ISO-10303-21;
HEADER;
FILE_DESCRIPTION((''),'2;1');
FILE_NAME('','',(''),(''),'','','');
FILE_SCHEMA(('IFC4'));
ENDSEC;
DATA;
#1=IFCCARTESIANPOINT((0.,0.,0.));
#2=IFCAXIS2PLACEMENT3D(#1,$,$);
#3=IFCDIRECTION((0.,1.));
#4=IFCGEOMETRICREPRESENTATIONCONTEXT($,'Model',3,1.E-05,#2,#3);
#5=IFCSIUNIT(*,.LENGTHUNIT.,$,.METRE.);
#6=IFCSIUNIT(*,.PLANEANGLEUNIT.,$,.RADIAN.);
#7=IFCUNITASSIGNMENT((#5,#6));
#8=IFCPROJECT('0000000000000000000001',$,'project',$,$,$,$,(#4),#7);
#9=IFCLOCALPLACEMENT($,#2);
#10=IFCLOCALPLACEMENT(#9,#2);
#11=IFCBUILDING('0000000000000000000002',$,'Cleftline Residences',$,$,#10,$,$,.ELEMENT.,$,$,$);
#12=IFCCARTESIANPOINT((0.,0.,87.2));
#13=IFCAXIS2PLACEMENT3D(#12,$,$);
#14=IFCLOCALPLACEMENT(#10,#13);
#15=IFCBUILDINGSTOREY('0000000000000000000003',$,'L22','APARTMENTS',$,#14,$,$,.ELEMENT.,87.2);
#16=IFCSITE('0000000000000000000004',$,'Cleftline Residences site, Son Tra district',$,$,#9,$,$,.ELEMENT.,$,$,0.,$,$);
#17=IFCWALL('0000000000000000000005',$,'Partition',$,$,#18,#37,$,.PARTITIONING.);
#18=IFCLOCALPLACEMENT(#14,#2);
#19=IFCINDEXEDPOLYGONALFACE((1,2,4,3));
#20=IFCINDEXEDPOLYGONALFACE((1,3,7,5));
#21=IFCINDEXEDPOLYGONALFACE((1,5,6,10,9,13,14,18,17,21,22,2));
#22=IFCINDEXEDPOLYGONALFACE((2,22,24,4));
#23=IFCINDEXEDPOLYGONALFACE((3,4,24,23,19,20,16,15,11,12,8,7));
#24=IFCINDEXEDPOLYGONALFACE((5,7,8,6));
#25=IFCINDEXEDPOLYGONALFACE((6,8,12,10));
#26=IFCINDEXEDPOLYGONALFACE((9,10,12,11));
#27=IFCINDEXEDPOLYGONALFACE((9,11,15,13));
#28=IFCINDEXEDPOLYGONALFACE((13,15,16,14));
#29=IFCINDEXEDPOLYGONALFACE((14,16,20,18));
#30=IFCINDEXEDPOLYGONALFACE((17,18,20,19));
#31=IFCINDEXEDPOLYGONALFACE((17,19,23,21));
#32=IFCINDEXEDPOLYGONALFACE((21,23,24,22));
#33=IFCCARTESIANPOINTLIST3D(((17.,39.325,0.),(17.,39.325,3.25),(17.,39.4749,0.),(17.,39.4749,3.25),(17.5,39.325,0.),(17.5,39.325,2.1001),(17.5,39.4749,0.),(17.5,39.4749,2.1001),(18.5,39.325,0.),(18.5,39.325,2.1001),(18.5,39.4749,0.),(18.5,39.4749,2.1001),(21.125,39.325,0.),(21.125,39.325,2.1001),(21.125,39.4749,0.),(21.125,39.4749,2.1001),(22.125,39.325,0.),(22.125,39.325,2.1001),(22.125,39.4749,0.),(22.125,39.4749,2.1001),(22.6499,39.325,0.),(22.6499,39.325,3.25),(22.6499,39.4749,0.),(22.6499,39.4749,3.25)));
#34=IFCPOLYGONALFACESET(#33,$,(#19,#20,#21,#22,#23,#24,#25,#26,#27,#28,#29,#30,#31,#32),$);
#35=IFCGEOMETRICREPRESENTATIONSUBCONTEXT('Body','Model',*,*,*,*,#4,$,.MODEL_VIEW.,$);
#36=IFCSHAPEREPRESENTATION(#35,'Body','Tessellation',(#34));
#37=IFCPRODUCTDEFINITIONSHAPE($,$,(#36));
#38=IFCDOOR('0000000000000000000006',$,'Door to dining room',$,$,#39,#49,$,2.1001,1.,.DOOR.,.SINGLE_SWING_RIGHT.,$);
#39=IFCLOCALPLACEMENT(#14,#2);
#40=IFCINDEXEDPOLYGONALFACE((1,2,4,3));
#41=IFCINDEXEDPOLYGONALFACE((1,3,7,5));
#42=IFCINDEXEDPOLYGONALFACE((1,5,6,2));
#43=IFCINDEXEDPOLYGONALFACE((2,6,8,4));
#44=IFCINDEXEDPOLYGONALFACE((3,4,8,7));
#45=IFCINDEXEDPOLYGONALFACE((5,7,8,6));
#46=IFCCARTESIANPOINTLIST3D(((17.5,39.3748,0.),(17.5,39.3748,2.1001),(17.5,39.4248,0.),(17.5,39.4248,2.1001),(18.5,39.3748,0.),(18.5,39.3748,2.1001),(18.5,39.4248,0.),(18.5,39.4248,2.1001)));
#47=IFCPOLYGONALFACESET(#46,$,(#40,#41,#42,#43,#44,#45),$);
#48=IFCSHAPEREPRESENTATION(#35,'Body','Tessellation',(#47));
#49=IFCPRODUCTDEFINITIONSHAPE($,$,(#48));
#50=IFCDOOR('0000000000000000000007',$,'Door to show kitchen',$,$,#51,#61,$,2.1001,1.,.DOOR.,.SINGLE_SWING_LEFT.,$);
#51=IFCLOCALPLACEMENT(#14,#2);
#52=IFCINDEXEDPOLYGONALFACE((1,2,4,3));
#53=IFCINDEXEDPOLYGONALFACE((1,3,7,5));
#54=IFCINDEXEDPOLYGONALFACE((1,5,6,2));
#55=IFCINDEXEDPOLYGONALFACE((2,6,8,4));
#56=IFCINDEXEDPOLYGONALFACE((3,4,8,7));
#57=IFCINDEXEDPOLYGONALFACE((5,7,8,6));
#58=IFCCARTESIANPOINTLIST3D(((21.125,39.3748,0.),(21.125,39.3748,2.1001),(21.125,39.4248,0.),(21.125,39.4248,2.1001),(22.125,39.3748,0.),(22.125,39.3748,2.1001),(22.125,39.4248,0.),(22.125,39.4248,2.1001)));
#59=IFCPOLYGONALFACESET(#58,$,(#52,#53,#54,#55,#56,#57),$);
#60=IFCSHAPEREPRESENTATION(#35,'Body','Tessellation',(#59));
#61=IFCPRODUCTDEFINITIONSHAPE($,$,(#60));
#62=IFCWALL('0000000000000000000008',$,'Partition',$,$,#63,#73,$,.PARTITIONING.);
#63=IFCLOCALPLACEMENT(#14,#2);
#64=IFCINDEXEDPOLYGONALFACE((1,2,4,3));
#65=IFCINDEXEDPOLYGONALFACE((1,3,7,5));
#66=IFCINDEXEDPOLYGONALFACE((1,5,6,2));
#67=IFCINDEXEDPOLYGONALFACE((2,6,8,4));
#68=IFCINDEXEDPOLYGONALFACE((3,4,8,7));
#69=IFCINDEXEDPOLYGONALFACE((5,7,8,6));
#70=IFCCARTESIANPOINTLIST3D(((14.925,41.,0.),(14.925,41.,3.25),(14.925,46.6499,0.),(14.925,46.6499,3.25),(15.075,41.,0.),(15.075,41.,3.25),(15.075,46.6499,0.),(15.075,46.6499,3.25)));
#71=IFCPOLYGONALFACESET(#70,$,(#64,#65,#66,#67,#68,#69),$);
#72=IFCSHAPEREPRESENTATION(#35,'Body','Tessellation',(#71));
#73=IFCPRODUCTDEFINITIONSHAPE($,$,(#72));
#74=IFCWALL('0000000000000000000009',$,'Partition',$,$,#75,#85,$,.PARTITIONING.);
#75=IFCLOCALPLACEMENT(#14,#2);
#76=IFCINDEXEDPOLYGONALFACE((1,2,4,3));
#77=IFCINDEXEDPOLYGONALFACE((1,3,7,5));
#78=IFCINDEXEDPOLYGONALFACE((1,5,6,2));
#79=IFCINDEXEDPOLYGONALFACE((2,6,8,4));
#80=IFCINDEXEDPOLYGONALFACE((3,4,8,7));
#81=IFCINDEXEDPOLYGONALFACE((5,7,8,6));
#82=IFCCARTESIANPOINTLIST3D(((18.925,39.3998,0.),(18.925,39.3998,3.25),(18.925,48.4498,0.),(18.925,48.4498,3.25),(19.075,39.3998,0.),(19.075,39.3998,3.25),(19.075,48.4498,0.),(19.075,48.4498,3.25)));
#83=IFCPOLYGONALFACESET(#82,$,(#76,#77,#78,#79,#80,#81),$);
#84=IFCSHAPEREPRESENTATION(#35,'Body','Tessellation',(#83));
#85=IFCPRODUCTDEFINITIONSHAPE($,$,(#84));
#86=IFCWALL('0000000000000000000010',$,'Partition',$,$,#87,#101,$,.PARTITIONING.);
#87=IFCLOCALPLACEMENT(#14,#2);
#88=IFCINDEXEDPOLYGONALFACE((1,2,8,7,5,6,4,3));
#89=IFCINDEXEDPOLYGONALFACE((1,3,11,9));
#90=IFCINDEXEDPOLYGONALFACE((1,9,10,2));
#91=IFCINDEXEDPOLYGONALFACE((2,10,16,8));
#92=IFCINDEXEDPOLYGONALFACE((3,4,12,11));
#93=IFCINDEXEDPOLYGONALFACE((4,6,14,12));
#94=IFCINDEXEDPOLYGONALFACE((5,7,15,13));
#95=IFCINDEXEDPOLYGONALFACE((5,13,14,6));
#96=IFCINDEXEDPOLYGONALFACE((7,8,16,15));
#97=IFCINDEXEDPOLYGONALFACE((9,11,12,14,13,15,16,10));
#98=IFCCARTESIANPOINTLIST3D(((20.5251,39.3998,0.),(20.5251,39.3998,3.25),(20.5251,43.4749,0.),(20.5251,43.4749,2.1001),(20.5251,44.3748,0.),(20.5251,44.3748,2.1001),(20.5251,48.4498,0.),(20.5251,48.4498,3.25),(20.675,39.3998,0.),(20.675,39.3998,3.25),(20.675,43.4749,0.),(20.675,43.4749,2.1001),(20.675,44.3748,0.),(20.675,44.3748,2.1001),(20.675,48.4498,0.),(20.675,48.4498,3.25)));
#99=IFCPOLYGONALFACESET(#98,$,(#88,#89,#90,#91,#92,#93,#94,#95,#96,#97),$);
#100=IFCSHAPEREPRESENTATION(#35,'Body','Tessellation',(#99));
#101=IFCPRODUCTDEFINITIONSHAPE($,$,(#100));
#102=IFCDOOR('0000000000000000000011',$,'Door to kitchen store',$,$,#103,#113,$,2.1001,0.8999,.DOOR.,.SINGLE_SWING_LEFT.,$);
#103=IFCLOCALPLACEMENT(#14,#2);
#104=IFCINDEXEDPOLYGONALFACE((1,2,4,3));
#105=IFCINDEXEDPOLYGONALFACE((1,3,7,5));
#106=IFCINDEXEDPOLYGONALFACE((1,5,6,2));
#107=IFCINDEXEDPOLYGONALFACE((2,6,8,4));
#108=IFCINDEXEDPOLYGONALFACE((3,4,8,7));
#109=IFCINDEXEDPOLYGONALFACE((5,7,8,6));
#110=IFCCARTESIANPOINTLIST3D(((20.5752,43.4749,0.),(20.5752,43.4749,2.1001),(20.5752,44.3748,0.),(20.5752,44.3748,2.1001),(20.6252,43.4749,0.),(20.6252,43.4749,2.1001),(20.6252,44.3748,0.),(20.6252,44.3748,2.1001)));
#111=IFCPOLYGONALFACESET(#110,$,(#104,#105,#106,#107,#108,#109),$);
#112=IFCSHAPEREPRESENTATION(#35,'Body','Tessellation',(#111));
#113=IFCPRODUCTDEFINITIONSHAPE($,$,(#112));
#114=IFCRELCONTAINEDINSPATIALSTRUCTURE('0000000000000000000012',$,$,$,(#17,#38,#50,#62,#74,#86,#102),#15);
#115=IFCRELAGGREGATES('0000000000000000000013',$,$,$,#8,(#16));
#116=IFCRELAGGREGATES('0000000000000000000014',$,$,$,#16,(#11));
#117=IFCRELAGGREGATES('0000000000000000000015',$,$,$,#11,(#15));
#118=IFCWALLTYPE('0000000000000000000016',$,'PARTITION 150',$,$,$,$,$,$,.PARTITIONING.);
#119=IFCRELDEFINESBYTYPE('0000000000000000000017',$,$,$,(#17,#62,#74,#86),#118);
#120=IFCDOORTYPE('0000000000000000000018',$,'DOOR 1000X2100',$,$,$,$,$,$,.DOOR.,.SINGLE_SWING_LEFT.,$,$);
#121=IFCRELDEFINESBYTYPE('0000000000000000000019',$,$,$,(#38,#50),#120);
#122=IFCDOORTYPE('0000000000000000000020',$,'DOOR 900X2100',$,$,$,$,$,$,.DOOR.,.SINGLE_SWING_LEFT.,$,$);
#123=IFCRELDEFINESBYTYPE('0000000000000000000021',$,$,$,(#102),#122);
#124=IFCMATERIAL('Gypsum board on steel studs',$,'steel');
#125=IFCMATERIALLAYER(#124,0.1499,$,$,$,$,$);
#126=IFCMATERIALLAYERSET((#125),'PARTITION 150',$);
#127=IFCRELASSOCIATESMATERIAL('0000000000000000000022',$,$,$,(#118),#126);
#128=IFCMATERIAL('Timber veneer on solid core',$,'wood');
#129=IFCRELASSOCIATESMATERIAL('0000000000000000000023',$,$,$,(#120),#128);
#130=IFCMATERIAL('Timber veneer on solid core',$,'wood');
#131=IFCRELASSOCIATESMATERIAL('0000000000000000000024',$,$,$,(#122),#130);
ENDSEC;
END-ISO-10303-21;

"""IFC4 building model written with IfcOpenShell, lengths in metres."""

from ifc_helpers import new_model, si_unit, direction, frame, frame_2d, origin, place, context, subcontext, project, spatial, rectangle, extrude, material, layer, layer_set, type_object, element, fill, save


model = new_model("IFC4")

# Units and contexts
model_context = context("Model", 3, precision=1e-05, world=origin(), true_north=direction((0.0, 1.0)))
body_context = subcontext(model_context, "Body", "Model", "MODEL_VIEW")
ifc_project = project(units=[si_unit("LENGTHUNIT", "METRE"), si_unit("PLANEANGLEUNIT", "RADIAN")], contexts=[model_context])

# Site, building, storey
site_placement = place(None, origin())
site = spatial("IfcSite", under=ifc_project, at=site_placement, Name="Cleftline Residences site, Son Tra district", CompositionType="ELEMENT", RefElevation=0.0)
building_placement = place(site_placement, origin())
building = spatial("IfcBuilding", under=site, at=building_placement, Name="Cleftline Residences", CompositionType="ELEMENT")
storey_placement = place(building_placement, frame((0.0, 0.0, 87.2)))
storey = spatial("IfcBuildingStorey", under=building, at=storey_placement, Name="L22", Description="APARTMENTS", CompositionType="ELEMENT", Elevation=87.2)

# Shared definitions
ifc_material_1 = material(Name="Gypsum board on steel studs", Category="steel")
ifc_layer = layer(ifc_material_1, 0.1499)
ifc_layer_set = layer_set([ifc_layer], Name="PARTITION 150")
wall_type = type_object("IfcWallType", Name="PARTITION 150", PredefinedType="PARTITIONING", material=ifc_layer_set)
ifc_material_2 = material(Name="Timber veneer on solid core", Category="wood")
door_type_1 = type_object("IfcDoorType", Name="DOOR 1000X2100", OperationType="SINGLE_SWING_LEFT", PredefinedType="DOOR", material=ifc_material_2)

# Wall, openings, doors
wall_1_placement = place(storey_placement, frame((17.0, 39.3999, 0.0), z_axis=(0.0, 0.0, 1.0), x_axis=(1.0, 0.0, 0.0)))
wall_1 = element("IfcWall", 1, at=wall_1_placement, inside=storey, type_object=wall_type, Name="Partition", PredefinedType="PARTITIONING", context=body_context, shape_type="SweptSolid", body=[
    extrude(rectangle(XDim=5.6499, YDim=0.1499, at=frame_2d((2.825, 0.0))), origin(), (0.0, 0.0, 1.0), 3.25),
])
opening_1_placement = place(wall_1_placement, frame((0.5, 0.0, 0.0)))
opening_1 = element("IfcOpeningElement", 2, at=opening_1_placement, cuts=wall_1, PredefinedType="OPENING", context=body_context, shape_type="SweptSolid", body=[
    extrude(rectangle(XDim=1.0, YDim=2.1001, at=frame_2d((0.5, 1.05))), frame((0.0, 0.085, 0.0), z_axis=(0.0, -1.0, 0.0), x_axis=(1.0, 0.0, 0.0)), (0.0, 0.0, 1.0), 0.1699),
])
opening_2_placement = place(wall_1_placement, frame((4.125, 0.0, 0.0)))
opening_2 = element("IfcOpeningElement", 3, at=opening_2_placement, cuts=wall_1, PredefinedType="OPENING", context=body_context, shape_type="SweptSolid", body=[
    extrude(rectangle(XDim=1.0, YDim=2.1001, at=frame_2d((0.5, 1.05))), frame((0.0, 0.085, 0.0), z_axis=(0.0, -1.0, 0.0), x_axis=(1.0, 0.0, 0.0)), (0.0, 0.0, 1.0), 0.1699),
])
door_1_placement = place(opening_1_placement, origin())
door_1 = element("IfcDoor", 4, at=door_1_placement, inside=storey, type_object=door_type_1, Name="Door to dining room", OperationType="SINGLE_SWING_RIGHT", OverallHeight=2.1001, OverallWidth=1.0, PredefinedType="DOOR", context=body_context, shape_type="SweptSolid", body=[
    extrude(rectangle(XDim=1.0, YDim=2.1001, at=frame_2d((0.5, 1.05))), frame((0.0, 0.0249, 0.0), z_axis=(0.0, -1.0, 0.0), x_axis=(1.0, 0.0, 0.0)), (0.0, 0.0, 1.0), 0.05),
])
fill(opening_1, door_1)
door_2_placement = place(opening_2_placement, origin())
door_2 = element("IfcDoor", 5, at=door_2_placement, inside=storey, type_object=door_type_1, Name="Door to show kitchen", OperationType="SINGLE_SWING_LEFT", OverallHeight=2.1001, OverallWidth=1.0, PredefinedType="DOOR", context=body_context, shape_type="SweptSolid", body=[
    extrude(rectangle(XDim=1.0, YDim=2.1001, at=frame_2d((0.5, 1.05))), frame((0.0, 0.0249, 0.0), z_axis=(0.0, -1.0, 0.0), x_axis=(1.0, 0.0, 0.0)), (0.0, 0.0, 1.0), 0.05),
])
fill(opening_2, door_2)

# Walls
wall_2_placement = place(storey_placement, frame((15.0, 41.0, 0.0), z_axis=(0.0, 0.0, 1.0), x_axis=(0.0, 1.0, 0.0)))
element("IfcWall", 6, at=wall_2_placement, inside=storey, type_object=wall_type, Name="Partition", PredefinedType="PARTITIONING", context=body_context, shape_type="SweptSolid", body=[
    extrude(rectangle(XDim=5.6499, YDim=0.1499, at=frame_2d((2.825, 0.0))), origin(), (0.0, 0.0, 1.0), 3.25),
])
wall_3_placement = place(storey_placement, frame((19.0, 39.3999, 0.0), z_axis=(0.0, 0.0, 1.0), x_axis=(0.0, 1.0, 0.0)))
element("IfcWall", 7, at=wall_3_placement, inside=storey, type_object=wall_type, Name="Partition", PredefinedType="PARTITIONING", context=body_context, shape_type="SweptSolid", body=[
    extrude(rectangle(XDim=9.05, YDim=0.1499, at=frame_2d((4.5249, 0.0))), origin(), (0.0, 0.0, 1.0), 3.25),
])

# Wall, opening, door
wall_4_placement = place(storey_placement, frame((20.6001, 39.3999, 0.0), z_axis=(0.0, 0.0, 1.0), x_axis=(0.0, 1.0, 0.0)))
wall_4 = element("IfcWall", 8, at=wall_4_placement, inside=storey, type_object=wall_type, Name="Partition", PredefinedType="PARTITIONING", context=body_context, shape_type="SweptSolid", body=[
    extrude(rectangle(XDim=9.05, YDim=0.1499, at=frame_2d((4.5249, 0.0))), origin(), (0.0, 0.0, 1.0), 3.25),
])
opening_3_placement = place(wall_4_placement, frame((4.075, 0.0, 0.0)))
opening_3 = element("IfcOpeningElement", 9, at=opening_3_placement, cuts=wall_4, PredefinedType="OPENING", context=body_context, shape_type="SweptSolid", body=[
    extrude(rectangle(XDim=0.8999, YDim=2.1001, at=frame_2d((0.45, 1.05))), frame((0.0, 0.085, 0.0), z_axis=(0.0, -1.0, 0.0), x_axis=(1.0, 0.0, 0.0)), (0.0, 0.0, 1.0), 0.1699),
])
ifc_material_3 = material(Name="Timber veneer on solid core", Category="wood")
door_type_2 = type_object("IfcDoorType", Name="DOOR 900X2100", OperationType="SINGLE_SWING_LEFT", PredefinedType="DOOR", material=ifc_material_3)
door_3_placement = place(opening_3_placement, origin())
door_3 = element("IfcDoor", 10, at=door_3_placement, inside=storey, type_object=door_type_2, Name="Door to kitchen store", OperationType="SINGLE_SWING_LEFT", OverallHeight=2.1001, OverallWidth=0.8999, PredefinedType="DOOR", context=body_context, shape_type="SweptSolid", body=[
    extrude(rectangle(XDim=0.8999, YDim=2.1001, at=frame_2d((0.45, 1.05))), frame((0.0, 0.0249, 0.0), z_axis=(0.0, -1.0, 0.0), x_axis=(1.0, 0.0, 0.0)), (0.0, 0.0, 1.0), 0.05),
])
fill(opening_3, door_3)

save(model, "model.ifc")
